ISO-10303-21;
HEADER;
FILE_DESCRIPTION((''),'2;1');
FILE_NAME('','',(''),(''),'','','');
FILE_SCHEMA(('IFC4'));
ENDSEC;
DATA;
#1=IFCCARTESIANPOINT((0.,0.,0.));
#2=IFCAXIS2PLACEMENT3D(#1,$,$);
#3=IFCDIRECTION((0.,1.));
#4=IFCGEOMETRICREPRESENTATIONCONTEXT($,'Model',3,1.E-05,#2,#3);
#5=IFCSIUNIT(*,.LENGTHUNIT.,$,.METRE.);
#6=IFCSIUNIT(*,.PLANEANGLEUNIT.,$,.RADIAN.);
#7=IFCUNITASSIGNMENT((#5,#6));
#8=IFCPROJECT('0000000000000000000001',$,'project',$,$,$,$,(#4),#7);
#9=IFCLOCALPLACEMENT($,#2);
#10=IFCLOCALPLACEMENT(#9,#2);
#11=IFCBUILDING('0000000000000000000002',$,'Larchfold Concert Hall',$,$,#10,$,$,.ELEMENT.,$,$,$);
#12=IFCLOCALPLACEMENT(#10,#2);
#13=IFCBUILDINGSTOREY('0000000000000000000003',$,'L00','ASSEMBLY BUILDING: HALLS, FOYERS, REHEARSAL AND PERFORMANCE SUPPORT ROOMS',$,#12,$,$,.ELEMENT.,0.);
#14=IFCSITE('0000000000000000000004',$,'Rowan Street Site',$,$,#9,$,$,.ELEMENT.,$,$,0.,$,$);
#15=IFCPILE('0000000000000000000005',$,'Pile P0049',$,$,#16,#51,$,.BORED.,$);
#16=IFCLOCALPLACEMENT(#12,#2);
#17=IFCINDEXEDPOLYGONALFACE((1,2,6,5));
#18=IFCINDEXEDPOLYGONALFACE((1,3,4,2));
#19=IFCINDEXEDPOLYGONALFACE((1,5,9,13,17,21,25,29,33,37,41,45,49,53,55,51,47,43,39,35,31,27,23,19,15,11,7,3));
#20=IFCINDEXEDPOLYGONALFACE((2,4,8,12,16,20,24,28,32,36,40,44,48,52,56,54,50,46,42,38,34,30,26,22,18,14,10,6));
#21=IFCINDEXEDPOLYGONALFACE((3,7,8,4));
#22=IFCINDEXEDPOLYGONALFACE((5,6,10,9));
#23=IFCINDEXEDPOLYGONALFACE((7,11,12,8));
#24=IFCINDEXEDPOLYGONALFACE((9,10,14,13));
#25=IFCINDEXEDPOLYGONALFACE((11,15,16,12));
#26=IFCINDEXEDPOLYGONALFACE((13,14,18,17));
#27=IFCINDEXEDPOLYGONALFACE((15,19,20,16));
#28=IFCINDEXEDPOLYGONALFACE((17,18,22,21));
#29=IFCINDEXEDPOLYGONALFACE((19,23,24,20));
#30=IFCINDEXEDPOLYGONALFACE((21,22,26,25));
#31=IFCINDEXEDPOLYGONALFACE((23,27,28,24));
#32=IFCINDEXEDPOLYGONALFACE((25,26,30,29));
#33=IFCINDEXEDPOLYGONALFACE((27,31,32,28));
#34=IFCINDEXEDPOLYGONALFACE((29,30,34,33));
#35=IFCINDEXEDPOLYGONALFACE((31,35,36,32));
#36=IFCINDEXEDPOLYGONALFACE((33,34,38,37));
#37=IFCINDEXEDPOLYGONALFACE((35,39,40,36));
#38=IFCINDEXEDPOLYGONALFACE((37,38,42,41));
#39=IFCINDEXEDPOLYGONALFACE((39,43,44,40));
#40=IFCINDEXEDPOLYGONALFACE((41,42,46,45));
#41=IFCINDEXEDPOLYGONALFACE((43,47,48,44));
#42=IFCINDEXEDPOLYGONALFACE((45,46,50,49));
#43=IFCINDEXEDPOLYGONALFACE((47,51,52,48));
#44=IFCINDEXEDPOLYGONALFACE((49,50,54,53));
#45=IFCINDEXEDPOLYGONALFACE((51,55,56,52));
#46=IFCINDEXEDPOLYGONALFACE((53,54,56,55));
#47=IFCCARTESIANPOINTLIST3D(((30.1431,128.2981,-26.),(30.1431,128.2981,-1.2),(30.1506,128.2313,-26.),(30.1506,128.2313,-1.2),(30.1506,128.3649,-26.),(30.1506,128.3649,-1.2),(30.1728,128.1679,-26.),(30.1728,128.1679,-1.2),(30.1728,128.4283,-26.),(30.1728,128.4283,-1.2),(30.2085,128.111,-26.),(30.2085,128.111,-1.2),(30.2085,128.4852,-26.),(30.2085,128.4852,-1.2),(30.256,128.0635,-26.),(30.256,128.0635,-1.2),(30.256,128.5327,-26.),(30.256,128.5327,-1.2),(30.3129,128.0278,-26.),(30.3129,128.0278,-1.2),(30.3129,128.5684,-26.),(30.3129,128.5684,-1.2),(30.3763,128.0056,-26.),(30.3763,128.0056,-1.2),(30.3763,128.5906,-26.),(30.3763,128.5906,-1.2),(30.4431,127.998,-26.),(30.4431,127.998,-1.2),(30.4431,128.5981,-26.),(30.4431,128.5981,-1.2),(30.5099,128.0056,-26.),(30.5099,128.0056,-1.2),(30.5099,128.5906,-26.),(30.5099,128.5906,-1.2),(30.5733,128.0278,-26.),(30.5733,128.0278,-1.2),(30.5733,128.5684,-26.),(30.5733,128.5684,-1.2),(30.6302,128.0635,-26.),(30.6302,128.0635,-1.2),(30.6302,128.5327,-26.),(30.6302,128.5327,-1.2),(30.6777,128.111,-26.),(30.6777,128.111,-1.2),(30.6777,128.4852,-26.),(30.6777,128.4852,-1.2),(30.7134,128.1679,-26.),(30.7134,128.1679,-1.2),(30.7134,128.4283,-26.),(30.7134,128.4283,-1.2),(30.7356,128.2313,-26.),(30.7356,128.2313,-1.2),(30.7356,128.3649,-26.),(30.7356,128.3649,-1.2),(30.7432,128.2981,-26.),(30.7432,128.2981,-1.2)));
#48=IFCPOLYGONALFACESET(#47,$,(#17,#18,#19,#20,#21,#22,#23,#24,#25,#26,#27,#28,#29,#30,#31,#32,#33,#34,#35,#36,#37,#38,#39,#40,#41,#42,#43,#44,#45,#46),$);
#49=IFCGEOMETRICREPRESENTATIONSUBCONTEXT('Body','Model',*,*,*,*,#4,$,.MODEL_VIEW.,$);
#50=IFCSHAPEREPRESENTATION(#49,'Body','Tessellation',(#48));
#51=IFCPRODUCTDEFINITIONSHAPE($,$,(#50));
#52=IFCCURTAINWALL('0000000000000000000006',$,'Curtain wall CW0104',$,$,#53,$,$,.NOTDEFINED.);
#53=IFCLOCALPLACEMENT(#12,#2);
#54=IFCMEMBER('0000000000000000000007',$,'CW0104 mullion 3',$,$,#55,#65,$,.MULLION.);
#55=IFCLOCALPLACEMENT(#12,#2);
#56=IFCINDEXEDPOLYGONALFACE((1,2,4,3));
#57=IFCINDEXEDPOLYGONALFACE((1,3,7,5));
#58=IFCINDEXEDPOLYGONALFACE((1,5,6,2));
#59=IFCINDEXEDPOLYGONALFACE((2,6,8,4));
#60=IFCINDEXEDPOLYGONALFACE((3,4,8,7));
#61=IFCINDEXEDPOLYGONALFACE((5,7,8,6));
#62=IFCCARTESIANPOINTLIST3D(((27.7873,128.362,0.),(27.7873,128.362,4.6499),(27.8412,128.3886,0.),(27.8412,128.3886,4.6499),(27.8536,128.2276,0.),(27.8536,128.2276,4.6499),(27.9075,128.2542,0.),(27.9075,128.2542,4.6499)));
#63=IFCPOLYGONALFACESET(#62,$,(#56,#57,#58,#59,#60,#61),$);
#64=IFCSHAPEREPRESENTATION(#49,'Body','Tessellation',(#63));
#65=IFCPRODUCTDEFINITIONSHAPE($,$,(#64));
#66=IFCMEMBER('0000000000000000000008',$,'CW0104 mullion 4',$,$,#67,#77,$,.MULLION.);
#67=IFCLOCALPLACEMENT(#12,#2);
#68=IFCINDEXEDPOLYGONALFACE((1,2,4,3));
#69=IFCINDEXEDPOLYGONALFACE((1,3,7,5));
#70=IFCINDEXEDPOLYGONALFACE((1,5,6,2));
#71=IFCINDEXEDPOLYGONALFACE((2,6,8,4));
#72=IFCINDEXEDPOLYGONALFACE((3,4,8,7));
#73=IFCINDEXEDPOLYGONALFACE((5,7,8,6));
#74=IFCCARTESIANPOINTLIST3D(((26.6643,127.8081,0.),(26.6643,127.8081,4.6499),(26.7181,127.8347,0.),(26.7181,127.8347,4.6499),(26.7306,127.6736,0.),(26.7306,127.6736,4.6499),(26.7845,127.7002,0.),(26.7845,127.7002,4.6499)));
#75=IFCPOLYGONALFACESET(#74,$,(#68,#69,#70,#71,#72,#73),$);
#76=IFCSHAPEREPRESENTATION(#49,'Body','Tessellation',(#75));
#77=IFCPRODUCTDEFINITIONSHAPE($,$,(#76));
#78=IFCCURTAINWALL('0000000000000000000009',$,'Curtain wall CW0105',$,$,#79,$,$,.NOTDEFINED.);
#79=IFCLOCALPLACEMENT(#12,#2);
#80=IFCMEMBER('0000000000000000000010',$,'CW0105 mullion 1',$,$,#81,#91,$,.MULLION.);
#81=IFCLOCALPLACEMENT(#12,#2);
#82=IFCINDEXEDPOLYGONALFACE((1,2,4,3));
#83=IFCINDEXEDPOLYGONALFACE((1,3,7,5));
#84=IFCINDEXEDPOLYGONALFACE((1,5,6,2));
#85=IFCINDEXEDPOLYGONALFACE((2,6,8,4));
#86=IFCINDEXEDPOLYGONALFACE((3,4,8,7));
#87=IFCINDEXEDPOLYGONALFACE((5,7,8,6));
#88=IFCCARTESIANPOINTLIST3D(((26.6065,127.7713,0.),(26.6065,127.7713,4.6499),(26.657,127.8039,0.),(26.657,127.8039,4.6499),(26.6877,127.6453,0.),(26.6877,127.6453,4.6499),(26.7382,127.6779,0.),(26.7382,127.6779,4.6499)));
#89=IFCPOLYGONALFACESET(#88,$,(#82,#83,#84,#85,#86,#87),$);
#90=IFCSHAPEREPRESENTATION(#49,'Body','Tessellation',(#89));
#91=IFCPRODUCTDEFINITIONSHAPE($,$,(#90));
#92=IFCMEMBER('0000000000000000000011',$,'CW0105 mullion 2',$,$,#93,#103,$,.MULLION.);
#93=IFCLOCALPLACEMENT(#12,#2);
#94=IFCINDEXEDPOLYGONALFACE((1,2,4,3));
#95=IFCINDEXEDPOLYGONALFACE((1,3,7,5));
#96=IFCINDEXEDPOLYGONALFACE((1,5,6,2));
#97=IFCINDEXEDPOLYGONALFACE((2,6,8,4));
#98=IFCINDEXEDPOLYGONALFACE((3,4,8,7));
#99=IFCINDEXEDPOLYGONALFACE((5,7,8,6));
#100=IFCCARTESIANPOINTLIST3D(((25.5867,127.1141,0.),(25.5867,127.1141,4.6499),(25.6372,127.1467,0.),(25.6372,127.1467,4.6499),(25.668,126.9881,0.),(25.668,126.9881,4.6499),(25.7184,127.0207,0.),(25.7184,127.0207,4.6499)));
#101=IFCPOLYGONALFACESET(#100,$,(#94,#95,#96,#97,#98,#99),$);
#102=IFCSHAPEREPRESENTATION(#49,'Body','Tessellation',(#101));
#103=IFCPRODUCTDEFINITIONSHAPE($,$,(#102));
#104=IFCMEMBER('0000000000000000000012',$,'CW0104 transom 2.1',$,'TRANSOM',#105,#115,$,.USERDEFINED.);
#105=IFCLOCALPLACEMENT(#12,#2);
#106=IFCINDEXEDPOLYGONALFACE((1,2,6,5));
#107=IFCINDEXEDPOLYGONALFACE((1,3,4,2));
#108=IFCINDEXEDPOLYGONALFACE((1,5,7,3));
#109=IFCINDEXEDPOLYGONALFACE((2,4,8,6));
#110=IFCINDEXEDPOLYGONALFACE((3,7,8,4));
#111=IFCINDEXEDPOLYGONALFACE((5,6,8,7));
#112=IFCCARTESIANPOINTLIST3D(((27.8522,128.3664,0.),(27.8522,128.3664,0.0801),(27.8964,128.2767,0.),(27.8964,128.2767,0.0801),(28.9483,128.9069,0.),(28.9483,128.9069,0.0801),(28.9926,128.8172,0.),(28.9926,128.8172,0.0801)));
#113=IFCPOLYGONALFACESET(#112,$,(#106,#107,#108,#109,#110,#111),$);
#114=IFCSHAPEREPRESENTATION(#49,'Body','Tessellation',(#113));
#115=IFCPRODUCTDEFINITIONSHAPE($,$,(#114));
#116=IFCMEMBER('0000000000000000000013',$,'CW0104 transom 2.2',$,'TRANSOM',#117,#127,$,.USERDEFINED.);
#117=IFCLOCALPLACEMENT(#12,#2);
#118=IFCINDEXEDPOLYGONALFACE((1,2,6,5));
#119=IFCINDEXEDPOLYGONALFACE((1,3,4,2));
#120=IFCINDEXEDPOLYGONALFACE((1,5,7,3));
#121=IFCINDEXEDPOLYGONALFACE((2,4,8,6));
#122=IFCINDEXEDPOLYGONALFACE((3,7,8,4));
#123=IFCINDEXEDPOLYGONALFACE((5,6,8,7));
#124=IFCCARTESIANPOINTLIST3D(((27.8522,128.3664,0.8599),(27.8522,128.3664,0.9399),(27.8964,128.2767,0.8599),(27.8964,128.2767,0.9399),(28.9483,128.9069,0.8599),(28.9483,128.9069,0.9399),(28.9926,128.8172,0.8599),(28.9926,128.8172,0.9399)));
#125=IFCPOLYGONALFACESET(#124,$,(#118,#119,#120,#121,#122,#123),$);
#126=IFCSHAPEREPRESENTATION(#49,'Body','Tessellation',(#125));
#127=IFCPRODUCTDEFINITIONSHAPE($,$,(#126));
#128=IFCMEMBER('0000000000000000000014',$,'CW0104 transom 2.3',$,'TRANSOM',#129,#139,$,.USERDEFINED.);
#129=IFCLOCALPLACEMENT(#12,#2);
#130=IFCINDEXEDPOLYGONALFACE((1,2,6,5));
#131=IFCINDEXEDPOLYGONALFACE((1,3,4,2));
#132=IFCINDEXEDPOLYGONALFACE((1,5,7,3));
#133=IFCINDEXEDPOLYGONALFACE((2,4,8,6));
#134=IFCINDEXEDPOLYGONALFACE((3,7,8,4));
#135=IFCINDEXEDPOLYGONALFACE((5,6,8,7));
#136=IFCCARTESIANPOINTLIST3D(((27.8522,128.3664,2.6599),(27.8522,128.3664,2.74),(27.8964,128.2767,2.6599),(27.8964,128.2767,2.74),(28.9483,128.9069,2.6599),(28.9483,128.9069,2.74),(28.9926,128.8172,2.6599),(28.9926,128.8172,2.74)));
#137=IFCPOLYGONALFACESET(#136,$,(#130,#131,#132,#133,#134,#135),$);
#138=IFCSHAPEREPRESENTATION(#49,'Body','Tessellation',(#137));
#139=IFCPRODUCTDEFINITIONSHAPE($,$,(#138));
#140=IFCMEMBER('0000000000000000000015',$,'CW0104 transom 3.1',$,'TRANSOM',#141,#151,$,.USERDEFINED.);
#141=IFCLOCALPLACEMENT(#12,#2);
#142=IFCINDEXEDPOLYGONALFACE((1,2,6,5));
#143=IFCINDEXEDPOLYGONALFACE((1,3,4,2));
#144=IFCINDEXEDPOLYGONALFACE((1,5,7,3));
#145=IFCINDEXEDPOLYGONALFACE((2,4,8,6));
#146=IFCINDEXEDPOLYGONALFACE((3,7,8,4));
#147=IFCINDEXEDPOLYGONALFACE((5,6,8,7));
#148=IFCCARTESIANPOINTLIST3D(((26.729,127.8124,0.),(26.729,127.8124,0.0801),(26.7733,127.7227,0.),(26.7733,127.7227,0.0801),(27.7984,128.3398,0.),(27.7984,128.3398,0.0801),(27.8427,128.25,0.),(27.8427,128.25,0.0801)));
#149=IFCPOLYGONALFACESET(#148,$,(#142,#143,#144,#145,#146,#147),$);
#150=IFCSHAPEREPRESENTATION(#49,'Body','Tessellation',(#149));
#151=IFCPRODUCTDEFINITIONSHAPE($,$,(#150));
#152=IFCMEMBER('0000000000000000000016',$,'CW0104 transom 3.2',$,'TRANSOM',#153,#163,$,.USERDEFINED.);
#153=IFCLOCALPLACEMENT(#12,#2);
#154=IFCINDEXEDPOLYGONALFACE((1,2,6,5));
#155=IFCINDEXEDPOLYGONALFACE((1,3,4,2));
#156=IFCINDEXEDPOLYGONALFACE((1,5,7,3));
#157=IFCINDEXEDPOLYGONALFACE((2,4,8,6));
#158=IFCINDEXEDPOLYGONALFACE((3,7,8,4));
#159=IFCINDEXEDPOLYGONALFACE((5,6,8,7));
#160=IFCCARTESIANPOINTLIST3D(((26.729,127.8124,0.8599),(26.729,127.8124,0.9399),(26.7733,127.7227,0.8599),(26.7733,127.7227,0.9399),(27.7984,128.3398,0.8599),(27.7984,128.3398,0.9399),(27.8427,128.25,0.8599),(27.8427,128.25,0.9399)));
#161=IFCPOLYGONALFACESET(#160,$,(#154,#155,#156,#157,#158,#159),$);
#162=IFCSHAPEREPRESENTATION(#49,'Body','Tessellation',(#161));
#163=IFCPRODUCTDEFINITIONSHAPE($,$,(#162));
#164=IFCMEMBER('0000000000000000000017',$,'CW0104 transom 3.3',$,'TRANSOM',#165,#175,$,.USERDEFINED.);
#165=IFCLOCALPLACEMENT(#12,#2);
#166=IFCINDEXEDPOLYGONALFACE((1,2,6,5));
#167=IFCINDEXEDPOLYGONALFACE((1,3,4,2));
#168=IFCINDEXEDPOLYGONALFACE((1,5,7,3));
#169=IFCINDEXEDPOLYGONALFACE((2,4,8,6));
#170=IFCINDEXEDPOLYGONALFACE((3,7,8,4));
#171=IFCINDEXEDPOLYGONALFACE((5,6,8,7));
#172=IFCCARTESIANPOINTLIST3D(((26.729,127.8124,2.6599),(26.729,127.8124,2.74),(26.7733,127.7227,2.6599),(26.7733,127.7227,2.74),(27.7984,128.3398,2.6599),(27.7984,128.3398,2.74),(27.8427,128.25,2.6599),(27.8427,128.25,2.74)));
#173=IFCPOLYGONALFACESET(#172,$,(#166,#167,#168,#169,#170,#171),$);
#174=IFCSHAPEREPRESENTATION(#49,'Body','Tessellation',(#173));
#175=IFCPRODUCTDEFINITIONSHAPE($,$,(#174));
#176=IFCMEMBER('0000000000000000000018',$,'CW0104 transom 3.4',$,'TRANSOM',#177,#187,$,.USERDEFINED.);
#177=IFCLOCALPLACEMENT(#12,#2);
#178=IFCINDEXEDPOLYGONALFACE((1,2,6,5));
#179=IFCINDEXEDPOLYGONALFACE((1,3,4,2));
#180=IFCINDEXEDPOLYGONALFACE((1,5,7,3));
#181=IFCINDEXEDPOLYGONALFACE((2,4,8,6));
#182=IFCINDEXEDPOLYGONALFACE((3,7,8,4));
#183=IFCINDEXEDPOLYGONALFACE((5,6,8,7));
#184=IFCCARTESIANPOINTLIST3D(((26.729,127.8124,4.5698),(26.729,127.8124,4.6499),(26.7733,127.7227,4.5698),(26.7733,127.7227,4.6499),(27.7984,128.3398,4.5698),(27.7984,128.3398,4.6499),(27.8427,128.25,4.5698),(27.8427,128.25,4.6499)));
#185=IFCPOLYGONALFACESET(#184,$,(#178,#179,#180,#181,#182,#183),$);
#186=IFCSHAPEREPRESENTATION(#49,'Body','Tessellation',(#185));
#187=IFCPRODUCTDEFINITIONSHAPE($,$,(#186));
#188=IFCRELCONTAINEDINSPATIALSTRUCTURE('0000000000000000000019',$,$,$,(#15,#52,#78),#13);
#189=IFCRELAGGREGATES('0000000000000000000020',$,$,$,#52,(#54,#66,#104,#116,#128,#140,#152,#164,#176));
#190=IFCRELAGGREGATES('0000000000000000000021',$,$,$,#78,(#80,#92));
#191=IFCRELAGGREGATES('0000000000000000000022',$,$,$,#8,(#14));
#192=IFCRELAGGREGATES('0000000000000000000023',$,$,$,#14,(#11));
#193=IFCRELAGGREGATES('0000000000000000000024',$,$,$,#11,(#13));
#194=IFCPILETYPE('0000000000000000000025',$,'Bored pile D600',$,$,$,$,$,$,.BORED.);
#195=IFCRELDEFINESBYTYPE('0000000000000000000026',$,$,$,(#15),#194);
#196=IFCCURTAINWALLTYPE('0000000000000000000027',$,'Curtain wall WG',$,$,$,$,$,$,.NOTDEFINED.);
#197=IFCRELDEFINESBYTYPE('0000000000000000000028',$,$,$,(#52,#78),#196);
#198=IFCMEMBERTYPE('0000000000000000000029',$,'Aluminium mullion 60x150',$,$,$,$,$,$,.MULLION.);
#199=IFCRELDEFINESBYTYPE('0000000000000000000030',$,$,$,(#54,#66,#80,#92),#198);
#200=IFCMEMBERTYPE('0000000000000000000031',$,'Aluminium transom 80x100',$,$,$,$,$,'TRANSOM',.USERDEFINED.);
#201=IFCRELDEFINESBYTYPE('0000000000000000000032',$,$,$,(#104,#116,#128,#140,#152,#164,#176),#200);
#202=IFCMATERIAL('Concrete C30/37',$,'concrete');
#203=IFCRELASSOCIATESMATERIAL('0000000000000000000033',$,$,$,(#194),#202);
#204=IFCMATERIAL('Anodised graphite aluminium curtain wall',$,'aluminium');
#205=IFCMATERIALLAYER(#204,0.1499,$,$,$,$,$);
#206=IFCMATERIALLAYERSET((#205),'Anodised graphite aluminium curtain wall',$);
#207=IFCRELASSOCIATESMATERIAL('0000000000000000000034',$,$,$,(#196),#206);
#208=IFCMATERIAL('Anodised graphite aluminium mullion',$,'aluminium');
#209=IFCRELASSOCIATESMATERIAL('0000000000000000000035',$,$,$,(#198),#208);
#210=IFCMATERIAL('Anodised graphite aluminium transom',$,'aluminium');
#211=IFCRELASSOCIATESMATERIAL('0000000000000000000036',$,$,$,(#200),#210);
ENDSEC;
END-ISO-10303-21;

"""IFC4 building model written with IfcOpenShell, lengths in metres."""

from ifc_helpers import new_model, si_unit, direction, frame, origin, origin_2d, place, context, subcontext, project, spatial, rectangle, circle, extrude, material, layer, layer_set, material_profile, profile_set, type_object, element, aggregate, save


model = new_model("IFC4")

# Units and contexts
model_context = context("Model", 3, precision=1e-05, world=origin(), true_north=direction((0.0, 1.0)))
body_context = subcontext(model_context, "Body", "Model", "MODEL_VIEW")
ifc_project = project(units=[si_unit("LENGTHUNIT", "METRE"), si_unit("PLANEANGLEUNIT", "RADIAN")], contexts=[model_context])

# Site, building, storey
site_placement = place(None, origin())
site = spatial("IfcSite", under=ifc_project, at=site_placement, Name="Rowan Street Site", CompositionType="ELEMENT", RefElevation=0.0)
building_placement = place(site_placement, origin())
building = spatial("IfcBuilding", under=site, at=building_placement, Name="Larchfold Concert Hall", CompositionType="ELEMENT")
storey_placement = place(building_placement, origin())
storey = spatial("IfcBuildingStorey", under=building, at=storey_placement, Name="L00", Description="ASSEMBLY BUILDING: HALLS, FOYERS, REHEARSAL AND PERFORMANCE SUPPORT ROOMS", CompositionType="ELEMENT", Elevation=0.0)

# Pile
ifc_material_1 = material(Name="Concrete C30/37", Category="concrete")
ifc_material_profile_1 = material_profile(ifc_material_1, circle(Radius=0.3, at=origin_2d()))
ifc_profile_set_1 = profile_set([ifc_material_profile_1], Name="Concrete C30/37")
pile_type = type_object("IfcPileType", Name="Bored pile D600", PredefinedType="BORED", material=ifc_profile_set_1)
pile_placement = place(storey_placement, frame((30.4431, 128.2981, -1.2), z_axis=(0.0, 0.0, -1.0), x_axis=(1.0, 0.0, 0.0)))
element("IfcPile", 1, at=pile_placement, inside=storey, type_object=pile_type, Name="Pile P0049", PredefinedType="BORED", context=body_context, shape_type="SweptSolid", body=[
    extrude(circle(Radius=0.3, at=origin_2d()), origin(), (0.0, 0.0, 1.0), 24.8),
])

# Curtain walls, members
ifc_material_2 = material(Name="Anodised graphite aluminium curtain wall", Category="aluminium")
ifc_layer_1 = layer(ifc_material_2, 0.1499)
ifc_layer_set_1 = layer_set([ifc_layer_1], Name="Anodised graphite aluminium curtain wall")
curtain_wall_type = type_object("IfcCurtainWallType", Name="Curtain wall WG", PredefinedType="NOTDEFINED", material=ifc_layer_set_1)
curtain_wall_1_placement = place(storey_placement, origin())
curtain_wall_1 = element("IfcCurtainWall", 2, at=curtain_wall_1_placement, inside=storey, type_object=curtain_wall_type, Name="Curtain wall CW0104", PredefinedType="NOTDEFINED")
ifc_material_3 = material(Name="Anodised graphite aluminium mullion", Category="aluminium")
ifc_material_profile_2 = material_profile(ifc_material_3, rectangle(XDim=0.1499, YDim=0.0601, at=origin_2d()))
ifc_profile_set_2 = profile_set([ifc_material_profile_2], Name="Anodised graphite aluminium mullion")
member_type_1 = type_object("IfcMemberType", Name="Aluminium mullion 60x150", PredefinedType="MULLION", material=ifc_profile_set_2)
member_1_placement = place(storey_placement, frame((27.8474, 128.3081, 0.0), z_axis=(0.0, 0.0, 1.0), x_axis=(0.442383, -0.896826, 0.0)))
member_1 = element("IfcMember", 3, at=member_1_placement, type_object=member_type_1, Name="CW0104 mullion 3", PredefinedType="MULLION", context=body_context, shape_type="SweptSolid", body=[
    extrude(rectangle(XDim=0.1499, YDim=0.0601, at=origin_2d()), origin(), (0.0, 0.0, 1.0), 4.6499),
])
member_2_placement = place(storey_placement, frame((26.7244, 127.7542, 0.0), z_axis=(0.0, 0.0, 1.0), x_axis=(0.442383, -0.896826, 0.0)))
member_2 = element("IfcMember", 4, at=member_2_placement, type_object=member_type_1, Name="CW0104 mullion 4", PredefinedType="MULLION", context=body_context, shape_type="SweptSolid", body=[
    extrude(rectangle(XDim=0.1499, YDim=0.0601, at=origin_2d()), origin(), (0.0, 0.0, 1.0), 4.6499),
])
curtain_wall_2_placement = place(storey_placement, origin())
curtain_wall_2 = element("IfcCurtainWall", 5, at=curtain_wall_2_placement, inside=storey, type_object=curtain_wall_type, Name="Curtain wall CW0105", PredefinedType="NOTDEFINED")
member_3_placement = place(storey_placement, frame((26.6724, 127.7246, 0.0), z_axis=(0.0, 0.0, 1.0), x_axis=(0.541763, -0.840531, 0.0)))
member_3 = element("IfcMember", 6, at=member_3_placement, type_object=member_type_1, Name="CW0105 mullion 1", PredefinedType="MULLION", context=body_context, shape_type="SweptSolid", body=[
    extrude(rectangle(XDim=0.1499, YDim=0.0601, at=origin_2d()), origin(), (0.0, 0.0, 1.0), 4.6499),
])
member_4_placement = place(storey_placement, frame((25.6526, 127.0674, 0.0), z_axis=(0.0, 0.0, 1.0), x_axis=(0.541763, -0.840531, 0.0)))
member_4 = element("IfcMember", 7, at=member_4_placement, type_object=member_type_1, Name="CW0105 mullion 2", PredefinedType="MULLION", context=body_context, shape_type="SweptSolid", body=[
    extrude(rectangle(XDim=0.1499, YDim=0.0601, at=origin_2d()), origin(), (0.0, 0.0, 1.0), 4.6499),
])

# Members
ifc_material_4 = material(Name="Anodised graphite aluminium transom", Category="aluminium")
ifc_material_profile_3 = material_profile(ifc_material_4, rectangle(XDim=0.1001, YDim=0.0801, at=origin_2d()))
ifc_profile_set_3 = profile_set([ifc_material_profile_3], Name="Anodised graphite aluminium transom")
member_type_2 = type_object("IfcMemberType", Name="Aluminium transom 80x100", ElementType="TRANSOM", PredefinedType="USERDEFINED", material=ifc_profile_set_3)
member_5_placement = place(storey_placement, frame((28.9705, 128.8621, 0.04), z_axis=(-0.89689, -0.442253, 0.0), x_axis=(0.442253, -0.89689, 0.0)))
member_5 = element("IfcMember", 8, at=member_5_placement, type_object=member_type_2, Name="CW0104 transom 2.1", ObjectType="TRANSOM", PredefinedType="USERDEFINED", context=body_context, shape_type="SweptSolid", body=[
    extrude(rectangle(XDim=0.1001, YDim=0.0801, at=origin_2d()), origin(), (0.0, 0.0, 1.0), 1.2222),
])
member_6_placement = place(storey_placement, frame((28.9705, 128.8621, 0.8999), z_axis=(-0.89689, -0.442253, 0.0), x_axis=(0.442253, -0.89689, 0.0)))
member_6 = element("IfcMember", 9, at=member_6_placement, type_object=member_type_2, Name="CW0104 transom 2.2", ObjectType="TRANSOM", PredefinedType="USERDEFINED", context=body_context, shape_type="SweptSolid", body=[
    extrude(rectangle(XDim=0.1001, YDim=0.0801, at=origin_2d()), origin(), (0.0, 0.0, 1.0), 1.2222),
])
member_7_placement = place(storey_placement, frame((28.9705, 128.8621, 2.7), z_axis=(-0.89689, -0.442253, 0.0), x_axis=(0.442253, -0.89689, 0.0)))
member_7 = element("IfcMember", 10, at=member_7_placement, type_object=member_type_2, Name="CW0104 transom 2.3", ObjectType="TRANSOM", PredefinedType="USERDEFINED", context=body_context, shape_type="SweptSolid", body=[
    extrude(rectangle(XDim=0.1001, YDim=0.0801, at=origin_2d()), origin(), (0.0, 0.0, 1.0), 1.2222),
])
member_8_placement = place(storey_placement, frame((27.8206, 128.2949, 0.04), z_axis=(-0.896871, -0.442292, 0.0), x_axis=(0.442292, -0.896871, 0.0)))
member_8 = element("IfcMember", 11, at=member_8_placement, type_object=member_type_2, Name="CW0104 transom 3.1", ObjectType="TRANSOM", PredefinedType="USERDEFINED", context=body_context, shape_type="SweptSolid", body=[
    extrude(rectangle(XDim=0.1001, YDim=0.0801, at=origin_2d()), origin(), (0.0, 0.0, 1.0), 1.1924),
])
member_9_placement = place(storey_placement, frame((27.8206, 128.2949, 0.8999), z_axis=(-0.896871, -0.442292, 0.0), x_axis=(0.442292, -0.896871, 0.0)))
member_9 = element("IfcMember", 12, at=member_9_placement, type_object=member_type_2, Name="CW0104 transom 3.2", ObjectType="TRANSOM", PredefinedType="USERDEFINED", context=body_context, shape_type="SweptSolid", body=[
    extrude(rectangle(XDim=0.1001, YDim=0.0801, at=origin_2d()), origin(), (0.0, 0.0, 1.0), 1.1924),
])
member_10_placement = place(storey_placement, frame((27.8206, 128.2949, 2.7), z_axis=(-0.896871, -0.442292, 0.0), x_axis=(0.442292, -0.896871, 0.0)))
member_10 = element("IfcMember", 13, at=member_10_placement, type_object=member_type_2, Name="CW0104 transom 3.3", ObjectType="TRANSOM", PredefinedType="USERDEFINED", context=body_context, shape_type="SweptSolid", body=[
    extrude(rectangle(XDim=0.1001, YDim=0.0801, at=origin_2d()), origin(), (0.0, 0.0, 1.0), 1.1924),
])
member_11_placement = place(storey_placement, frame((27.8206, 128.2949, 4.6099), z_axis=(-0.896871, -0.442292, 0.0), x_axis=(0.442292, -0.896871, 0.0)))
member_11 = element("IfcMember", 14, at=member_11_placement, type_object=member_type_2, Name="CW0104 transom 3.4", ObjectType="TRANSOM", PredefinedType="USERDEFINED", context=body_context, shape_type="SweptSolid", body=[
    extrude(rectangle(XDim=0.1001, YDim=0.0801, at=origin_2d()), origin(), (0.0, 0.0, 1.0), 1.1924),
])

aggregate(curtain_wall_1, [member_1, member_2, member_5, member_6, member_7, member_8, member_9, member_10, member_11])
aggregate(curtain_wall_2, [member_3, member_4])

save(model, "model.ifc")
